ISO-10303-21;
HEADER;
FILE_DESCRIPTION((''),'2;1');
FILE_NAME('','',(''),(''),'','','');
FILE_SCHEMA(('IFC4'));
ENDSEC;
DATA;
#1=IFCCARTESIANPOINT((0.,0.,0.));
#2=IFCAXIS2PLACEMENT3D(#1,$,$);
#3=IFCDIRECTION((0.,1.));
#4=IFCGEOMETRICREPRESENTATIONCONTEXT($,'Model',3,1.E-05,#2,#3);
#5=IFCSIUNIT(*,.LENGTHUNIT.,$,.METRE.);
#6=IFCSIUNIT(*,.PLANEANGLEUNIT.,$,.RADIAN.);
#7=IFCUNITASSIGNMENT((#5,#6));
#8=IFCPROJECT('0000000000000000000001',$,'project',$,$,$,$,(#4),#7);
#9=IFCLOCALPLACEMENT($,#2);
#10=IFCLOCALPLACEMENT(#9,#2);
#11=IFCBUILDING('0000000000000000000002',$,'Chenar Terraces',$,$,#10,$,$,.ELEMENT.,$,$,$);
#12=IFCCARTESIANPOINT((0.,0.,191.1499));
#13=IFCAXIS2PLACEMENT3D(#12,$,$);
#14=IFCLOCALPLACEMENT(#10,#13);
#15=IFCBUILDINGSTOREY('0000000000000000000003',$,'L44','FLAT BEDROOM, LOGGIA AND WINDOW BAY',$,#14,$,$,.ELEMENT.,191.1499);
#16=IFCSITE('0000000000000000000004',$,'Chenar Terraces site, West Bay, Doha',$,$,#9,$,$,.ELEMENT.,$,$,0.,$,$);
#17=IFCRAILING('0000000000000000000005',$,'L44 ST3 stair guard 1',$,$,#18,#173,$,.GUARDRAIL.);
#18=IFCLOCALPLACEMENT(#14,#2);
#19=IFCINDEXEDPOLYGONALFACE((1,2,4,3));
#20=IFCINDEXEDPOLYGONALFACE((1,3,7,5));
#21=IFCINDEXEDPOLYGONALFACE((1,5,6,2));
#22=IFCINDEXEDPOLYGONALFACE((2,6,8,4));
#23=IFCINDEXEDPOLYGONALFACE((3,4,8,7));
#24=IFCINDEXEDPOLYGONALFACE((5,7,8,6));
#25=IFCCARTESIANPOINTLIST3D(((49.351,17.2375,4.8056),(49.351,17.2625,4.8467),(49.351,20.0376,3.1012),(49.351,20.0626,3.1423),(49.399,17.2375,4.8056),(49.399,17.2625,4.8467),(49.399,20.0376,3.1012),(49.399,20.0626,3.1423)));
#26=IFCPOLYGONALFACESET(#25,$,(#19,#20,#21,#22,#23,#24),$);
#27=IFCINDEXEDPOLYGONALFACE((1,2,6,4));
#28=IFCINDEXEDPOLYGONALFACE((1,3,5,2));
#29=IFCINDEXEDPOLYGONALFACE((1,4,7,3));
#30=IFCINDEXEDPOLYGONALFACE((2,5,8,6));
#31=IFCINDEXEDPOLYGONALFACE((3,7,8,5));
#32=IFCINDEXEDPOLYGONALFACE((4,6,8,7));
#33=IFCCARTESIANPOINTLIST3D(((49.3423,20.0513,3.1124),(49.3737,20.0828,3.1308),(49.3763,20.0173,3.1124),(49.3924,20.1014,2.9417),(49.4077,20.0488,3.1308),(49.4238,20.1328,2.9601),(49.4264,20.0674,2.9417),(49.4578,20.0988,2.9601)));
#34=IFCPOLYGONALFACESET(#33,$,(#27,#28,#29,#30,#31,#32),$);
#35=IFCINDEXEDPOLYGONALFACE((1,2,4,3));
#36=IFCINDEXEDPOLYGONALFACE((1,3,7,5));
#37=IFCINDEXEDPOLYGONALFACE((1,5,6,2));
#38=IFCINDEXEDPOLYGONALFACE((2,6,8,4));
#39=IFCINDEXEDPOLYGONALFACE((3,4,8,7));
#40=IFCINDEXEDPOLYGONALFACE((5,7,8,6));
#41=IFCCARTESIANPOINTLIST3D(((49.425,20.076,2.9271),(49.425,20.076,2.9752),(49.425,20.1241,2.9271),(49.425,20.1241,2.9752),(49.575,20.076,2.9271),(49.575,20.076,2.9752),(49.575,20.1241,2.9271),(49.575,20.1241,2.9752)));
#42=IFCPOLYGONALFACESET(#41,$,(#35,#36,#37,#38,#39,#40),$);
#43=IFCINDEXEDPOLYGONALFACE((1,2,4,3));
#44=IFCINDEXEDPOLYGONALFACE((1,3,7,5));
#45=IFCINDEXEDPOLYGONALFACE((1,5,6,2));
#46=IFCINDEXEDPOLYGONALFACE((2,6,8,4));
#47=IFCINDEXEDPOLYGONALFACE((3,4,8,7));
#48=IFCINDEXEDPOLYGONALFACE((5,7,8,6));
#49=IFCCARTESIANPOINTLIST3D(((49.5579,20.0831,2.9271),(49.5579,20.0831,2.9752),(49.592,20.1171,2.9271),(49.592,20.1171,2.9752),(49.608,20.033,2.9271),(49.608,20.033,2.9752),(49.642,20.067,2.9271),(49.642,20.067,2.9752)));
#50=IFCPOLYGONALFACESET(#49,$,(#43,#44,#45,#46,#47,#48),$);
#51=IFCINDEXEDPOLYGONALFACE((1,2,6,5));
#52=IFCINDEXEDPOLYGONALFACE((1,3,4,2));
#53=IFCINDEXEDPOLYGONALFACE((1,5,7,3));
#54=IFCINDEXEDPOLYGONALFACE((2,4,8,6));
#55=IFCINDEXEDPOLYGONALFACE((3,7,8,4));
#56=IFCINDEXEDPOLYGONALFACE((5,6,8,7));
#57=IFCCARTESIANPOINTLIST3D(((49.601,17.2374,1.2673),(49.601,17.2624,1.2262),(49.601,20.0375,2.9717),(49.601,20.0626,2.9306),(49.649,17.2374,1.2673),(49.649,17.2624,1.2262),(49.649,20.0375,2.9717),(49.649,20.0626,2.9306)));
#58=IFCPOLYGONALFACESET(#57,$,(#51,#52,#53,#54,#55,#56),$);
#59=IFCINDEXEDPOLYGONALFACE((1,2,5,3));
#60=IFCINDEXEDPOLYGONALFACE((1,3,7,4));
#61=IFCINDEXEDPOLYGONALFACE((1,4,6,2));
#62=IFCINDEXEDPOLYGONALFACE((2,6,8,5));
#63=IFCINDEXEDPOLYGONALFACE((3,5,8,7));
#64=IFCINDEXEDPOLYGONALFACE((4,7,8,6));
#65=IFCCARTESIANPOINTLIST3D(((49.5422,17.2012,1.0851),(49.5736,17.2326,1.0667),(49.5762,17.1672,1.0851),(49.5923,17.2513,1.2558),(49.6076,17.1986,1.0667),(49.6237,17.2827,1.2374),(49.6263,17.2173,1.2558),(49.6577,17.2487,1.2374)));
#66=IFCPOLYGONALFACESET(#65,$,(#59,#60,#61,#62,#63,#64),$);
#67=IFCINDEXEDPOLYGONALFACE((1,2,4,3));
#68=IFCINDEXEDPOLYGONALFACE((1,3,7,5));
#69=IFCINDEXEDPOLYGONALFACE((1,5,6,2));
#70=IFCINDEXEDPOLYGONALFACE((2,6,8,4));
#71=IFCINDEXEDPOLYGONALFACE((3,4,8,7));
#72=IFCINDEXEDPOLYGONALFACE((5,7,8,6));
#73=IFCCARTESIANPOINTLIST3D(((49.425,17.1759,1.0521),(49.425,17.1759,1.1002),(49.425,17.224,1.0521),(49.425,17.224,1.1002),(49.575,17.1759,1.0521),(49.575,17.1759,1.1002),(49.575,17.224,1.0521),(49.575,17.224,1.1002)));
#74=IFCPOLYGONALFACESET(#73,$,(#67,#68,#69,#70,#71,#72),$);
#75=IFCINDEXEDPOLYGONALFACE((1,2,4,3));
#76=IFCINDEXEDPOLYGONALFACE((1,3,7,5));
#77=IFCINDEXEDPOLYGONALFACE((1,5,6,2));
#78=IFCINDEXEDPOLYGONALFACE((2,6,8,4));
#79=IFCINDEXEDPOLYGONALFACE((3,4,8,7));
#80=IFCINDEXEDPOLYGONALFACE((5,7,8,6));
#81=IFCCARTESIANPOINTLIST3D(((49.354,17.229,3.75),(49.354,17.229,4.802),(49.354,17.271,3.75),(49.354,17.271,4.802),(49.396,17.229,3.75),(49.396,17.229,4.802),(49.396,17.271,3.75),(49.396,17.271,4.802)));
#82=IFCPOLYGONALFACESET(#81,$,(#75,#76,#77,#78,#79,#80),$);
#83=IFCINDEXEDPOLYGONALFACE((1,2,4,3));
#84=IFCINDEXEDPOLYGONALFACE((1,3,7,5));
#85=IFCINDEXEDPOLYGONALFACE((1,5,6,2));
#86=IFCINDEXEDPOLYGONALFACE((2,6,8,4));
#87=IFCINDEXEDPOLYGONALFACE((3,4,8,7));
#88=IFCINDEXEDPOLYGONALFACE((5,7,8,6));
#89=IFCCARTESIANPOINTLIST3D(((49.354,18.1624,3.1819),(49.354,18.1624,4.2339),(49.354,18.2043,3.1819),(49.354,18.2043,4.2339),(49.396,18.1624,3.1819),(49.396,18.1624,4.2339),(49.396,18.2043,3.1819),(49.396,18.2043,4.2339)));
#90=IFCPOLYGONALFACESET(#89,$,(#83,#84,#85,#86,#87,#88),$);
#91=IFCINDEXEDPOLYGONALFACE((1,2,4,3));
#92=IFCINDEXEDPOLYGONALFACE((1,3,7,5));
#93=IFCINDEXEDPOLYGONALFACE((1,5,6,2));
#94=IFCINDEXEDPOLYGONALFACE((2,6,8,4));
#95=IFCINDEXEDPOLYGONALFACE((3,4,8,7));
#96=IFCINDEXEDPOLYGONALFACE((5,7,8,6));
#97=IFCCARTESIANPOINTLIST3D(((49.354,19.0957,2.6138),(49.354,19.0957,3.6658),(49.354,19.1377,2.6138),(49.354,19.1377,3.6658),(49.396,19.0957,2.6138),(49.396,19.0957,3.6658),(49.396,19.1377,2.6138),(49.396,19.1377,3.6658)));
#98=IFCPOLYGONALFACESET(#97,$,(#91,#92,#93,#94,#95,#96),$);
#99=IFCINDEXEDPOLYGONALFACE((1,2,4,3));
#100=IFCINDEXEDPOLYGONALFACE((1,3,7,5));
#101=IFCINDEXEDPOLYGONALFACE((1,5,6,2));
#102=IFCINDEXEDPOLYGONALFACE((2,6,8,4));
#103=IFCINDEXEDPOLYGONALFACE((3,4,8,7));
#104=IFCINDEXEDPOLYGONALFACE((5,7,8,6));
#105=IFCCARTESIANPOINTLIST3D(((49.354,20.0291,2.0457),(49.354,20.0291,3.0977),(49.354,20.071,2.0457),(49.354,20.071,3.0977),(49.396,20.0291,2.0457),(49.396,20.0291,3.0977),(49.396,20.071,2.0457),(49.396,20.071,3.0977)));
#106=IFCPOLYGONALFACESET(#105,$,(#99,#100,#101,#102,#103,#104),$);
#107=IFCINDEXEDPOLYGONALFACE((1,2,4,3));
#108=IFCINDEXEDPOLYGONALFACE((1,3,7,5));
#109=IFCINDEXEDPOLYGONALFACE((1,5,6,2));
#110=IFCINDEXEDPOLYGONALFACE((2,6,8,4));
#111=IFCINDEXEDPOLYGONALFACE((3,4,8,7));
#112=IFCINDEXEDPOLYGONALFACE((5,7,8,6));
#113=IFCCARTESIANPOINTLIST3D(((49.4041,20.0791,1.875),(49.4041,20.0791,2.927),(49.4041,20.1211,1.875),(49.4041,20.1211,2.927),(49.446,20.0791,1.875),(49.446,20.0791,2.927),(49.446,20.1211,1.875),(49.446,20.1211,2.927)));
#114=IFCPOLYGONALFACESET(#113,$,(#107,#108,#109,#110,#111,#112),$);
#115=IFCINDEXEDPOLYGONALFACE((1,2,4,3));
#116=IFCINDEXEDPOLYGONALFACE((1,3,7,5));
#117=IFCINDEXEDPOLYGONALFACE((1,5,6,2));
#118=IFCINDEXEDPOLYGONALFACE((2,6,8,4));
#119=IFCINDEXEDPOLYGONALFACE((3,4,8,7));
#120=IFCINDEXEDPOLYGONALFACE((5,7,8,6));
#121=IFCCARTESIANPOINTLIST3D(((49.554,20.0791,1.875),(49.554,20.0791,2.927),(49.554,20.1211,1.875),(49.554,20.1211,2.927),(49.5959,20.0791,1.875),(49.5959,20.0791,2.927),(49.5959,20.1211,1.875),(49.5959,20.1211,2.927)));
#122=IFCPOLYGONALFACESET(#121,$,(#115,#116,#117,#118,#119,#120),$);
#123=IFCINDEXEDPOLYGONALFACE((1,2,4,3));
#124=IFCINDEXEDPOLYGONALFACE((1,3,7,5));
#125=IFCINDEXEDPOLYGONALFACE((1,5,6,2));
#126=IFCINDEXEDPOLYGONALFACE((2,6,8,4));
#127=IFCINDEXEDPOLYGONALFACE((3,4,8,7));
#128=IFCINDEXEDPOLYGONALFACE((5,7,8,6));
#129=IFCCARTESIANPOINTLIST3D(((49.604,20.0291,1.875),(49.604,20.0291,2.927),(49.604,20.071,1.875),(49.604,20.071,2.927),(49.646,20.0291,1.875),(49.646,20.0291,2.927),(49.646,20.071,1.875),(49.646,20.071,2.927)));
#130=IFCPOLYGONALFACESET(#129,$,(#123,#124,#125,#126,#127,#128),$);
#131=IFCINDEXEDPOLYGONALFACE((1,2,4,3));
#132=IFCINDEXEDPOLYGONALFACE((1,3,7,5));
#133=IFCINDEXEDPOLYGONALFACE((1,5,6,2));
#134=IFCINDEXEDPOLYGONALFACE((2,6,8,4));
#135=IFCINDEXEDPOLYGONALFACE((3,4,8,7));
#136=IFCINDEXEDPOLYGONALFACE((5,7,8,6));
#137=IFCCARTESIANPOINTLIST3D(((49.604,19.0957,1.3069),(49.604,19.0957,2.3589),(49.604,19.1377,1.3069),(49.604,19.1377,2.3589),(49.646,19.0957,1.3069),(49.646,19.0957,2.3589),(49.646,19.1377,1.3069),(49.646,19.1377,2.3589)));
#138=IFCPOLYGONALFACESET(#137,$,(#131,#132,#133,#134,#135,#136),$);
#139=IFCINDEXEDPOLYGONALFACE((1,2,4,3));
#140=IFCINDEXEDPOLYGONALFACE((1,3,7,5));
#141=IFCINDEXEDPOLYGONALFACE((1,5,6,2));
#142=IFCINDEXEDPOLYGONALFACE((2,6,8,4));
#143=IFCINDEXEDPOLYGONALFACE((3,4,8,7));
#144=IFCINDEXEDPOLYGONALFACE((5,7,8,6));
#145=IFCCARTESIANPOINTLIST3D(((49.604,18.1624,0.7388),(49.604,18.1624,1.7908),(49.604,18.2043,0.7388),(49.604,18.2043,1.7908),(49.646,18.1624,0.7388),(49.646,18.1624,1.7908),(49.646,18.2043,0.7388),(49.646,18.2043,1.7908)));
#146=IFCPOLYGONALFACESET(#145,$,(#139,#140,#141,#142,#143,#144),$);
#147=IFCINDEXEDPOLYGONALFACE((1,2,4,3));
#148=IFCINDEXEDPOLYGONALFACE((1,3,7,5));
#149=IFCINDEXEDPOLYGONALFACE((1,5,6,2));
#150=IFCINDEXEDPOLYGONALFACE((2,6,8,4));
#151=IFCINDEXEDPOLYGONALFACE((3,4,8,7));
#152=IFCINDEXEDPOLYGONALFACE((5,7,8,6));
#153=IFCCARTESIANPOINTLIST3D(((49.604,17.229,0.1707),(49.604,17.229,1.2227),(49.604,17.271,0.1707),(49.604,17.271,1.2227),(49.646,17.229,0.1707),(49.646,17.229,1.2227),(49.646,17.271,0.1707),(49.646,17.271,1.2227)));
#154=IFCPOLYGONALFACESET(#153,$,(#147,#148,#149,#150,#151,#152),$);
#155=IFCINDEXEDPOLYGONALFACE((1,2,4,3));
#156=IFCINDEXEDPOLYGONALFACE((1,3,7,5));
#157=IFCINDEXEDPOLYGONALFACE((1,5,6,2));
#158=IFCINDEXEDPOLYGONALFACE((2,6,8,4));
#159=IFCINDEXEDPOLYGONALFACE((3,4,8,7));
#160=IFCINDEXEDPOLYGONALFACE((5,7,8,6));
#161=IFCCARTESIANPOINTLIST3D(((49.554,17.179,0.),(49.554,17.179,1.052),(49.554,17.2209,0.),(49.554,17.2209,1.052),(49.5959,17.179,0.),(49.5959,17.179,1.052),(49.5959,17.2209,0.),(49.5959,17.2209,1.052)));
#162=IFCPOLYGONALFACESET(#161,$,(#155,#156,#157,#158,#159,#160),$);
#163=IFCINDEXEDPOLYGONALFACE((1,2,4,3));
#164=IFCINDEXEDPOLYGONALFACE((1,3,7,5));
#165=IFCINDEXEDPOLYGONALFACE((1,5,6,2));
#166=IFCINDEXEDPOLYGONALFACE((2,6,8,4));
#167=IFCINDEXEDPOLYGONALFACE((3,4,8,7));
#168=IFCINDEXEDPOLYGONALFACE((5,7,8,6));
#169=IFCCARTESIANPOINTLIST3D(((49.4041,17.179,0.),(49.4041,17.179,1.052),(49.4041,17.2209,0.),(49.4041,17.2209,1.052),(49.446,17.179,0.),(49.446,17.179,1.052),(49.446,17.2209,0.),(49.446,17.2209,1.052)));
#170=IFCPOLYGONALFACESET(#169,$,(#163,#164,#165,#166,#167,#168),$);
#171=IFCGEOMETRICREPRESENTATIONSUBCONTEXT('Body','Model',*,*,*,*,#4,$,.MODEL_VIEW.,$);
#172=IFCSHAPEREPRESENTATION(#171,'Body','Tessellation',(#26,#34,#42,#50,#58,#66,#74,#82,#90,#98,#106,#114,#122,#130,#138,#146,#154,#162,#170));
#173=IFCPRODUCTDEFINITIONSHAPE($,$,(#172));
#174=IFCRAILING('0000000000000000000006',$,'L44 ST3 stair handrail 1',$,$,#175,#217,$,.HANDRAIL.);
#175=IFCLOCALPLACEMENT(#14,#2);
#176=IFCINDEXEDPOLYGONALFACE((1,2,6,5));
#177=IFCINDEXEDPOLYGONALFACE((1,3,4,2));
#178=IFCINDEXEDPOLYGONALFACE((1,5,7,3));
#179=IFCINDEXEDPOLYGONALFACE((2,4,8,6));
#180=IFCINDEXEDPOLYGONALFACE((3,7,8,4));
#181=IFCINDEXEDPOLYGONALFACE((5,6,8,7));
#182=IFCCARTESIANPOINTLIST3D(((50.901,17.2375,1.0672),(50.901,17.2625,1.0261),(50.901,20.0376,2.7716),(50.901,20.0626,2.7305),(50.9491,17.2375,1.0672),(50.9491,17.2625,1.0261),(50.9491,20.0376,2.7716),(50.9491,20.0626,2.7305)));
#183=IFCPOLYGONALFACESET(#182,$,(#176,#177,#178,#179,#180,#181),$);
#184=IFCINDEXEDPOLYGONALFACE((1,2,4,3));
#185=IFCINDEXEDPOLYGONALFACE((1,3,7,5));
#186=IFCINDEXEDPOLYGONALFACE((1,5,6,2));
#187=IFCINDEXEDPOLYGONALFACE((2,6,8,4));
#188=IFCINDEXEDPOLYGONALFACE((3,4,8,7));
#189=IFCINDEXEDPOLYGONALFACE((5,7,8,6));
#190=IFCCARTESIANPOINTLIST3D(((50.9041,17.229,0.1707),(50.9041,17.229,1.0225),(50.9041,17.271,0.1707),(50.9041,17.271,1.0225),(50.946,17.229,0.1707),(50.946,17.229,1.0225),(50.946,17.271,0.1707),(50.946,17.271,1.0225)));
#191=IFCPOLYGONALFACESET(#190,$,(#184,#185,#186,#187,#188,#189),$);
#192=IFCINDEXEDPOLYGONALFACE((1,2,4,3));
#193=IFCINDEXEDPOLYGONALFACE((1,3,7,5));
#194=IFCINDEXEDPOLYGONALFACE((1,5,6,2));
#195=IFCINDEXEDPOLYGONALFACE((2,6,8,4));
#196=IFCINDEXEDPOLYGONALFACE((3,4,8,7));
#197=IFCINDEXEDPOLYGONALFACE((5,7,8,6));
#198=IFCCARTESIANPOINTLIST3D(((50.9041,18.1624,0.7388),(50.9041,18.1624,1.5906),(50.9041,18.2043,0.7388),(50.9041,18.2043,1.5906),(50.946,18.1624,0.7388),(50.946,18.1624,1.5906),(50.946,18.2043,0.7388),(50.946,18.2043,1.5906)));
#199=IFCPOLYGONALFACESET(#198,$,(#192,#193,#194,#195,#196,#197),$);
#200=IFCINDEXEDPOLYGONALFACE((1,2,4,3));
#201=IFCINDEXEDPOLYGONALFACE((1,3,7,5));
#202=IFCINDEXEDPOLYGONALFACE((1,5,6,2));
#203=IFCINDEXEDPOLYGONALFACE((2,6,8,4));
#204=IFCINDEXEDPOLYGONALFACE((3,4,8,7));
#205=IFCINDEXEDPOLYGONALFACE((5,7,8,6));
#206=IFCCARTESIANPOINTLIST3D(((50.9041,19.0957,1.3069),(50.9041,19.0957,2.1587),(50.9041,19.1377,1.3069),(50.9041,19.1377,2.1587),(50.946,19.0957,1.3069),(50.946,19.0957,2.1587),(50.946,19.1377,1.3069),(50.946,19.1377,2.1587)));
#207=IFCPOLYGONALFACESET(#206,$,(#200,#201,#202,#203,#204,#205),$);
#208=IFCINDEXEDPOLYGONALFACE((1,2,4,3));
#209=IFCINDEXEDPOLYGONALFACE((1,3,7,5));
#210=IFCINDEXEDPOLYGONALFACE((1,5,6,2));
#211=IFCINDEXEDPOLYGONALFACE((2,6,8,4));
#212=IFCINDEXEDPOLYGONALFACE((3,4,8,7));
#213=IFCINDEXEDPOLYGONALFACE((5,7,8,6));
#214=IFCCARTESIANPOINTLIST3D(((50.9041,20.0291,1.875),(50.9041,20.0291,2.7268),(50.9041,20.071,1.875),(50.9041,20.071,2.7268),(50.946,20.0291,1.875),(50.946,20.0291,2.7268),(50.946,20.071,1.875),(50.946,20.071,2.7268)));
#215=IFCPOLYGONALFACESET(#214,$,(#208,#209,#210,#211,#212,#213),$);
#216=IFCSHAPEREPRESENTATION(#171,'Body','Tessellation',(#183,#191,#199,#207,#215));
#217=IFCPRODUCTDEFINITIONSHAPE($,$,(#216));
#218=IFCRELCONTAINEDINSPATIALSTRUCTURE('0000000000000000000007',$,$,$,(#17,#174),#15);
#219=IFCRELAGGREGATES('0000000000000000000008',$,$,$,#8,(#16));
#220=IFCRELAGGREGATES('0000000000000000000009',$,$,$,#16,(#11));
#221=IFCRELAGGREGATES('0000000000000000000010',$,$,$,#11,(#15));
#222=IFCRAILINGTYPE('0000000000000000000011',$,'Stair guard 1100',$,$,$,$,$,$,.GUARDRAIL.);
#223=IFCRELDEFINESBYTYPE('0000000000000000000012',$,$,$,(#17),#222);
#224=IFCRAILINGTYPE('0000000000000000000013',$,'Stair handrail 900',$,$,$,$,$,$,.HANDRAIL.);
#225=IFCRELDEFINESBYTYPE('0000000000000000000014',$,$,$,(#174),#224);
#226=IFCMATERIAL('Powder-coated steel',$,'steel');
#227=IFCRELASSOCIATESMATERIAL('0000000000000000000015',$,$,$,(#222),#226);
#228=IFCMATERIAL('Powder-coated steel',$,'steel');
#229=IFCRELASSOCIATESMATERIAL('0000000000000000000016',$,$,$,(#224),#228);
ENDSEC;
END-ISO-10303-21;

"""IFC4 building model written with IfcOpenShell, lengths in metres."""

from ifc_helpers import new_model, si_unit, direction, frame, origin, origin_2d, place, context, subcontext, project, spatial, rectangle, extrude, material, type_object, element, save


model = new_model("IFC4")

# Units and contexts
model_context = context("Model", 3, precision=1e-05, world=origin(), true_north=direction((0.0, 1.0)))
body_context = subcontext(model_context, "Body", "Model", "MODEL_VIEW")
ifc_project = project(units=[si_unit("LENGTHUNIT", "METRE"), si_unit("PLANEANGLEUNIT", "RADIAN")], contexts=[model_context])

# Site, building, storey
site_placement = place(None, origin())
site = spatial("IfcSite", under=ifc_project, at=site_placement, Name="Chenar Terraces site, West Bay, Doha", CompositionType="ELEMENT", RefElevation=0.0)
building_placement = place(site_placement, origin())
building = spatial("IfcBuilding", under=site, at=building_placement, Name="Chenar Terraces", CompositionType="ELEMENT")
storey_placement = place(building_placement, frame((0.0, 0.0, 191.1499)))
storey = spatial("IfcBuildingStorey", under=building, at=storey_placement, Name="L44", Description="FLAT BEDROOM, LOGGIA AND WINDOW BAY", CompositionType="ELEMENT", Elevation=191.1499)

# Railings
ifc_material_1 = material(Name="Powder-coated steel", Category="steel")
railing_type_1 = type_object("IfcRailingType", Name="Stair guard 1100", PredefinedType="GUARDRAIL", material=ifc_material_1)
railing_1_placement = place(storey_placement, frame((49.375, 17.25, 3.75)))
element("IfcRailing", 1, at=railing_1_placement, inside=storey, type_object=railing_type_1, Name="L44 ST3 stair guard 1", PredefinedType="GUARDRAIL", context=body_context, shape_type="SweptSolid", body=[
    extrude(rectangle(XDim=0.0481, YDim=0.0481, at=origin_2d()), frame((0.0, 0.0, 1.0762), z_axis=(0.0, 0.854203, -0.51994), x_axis=(-1.0, 0.0, 0.0)), (0.0, 0.0, 1.0), 3.2781),
    extrude(rectangle(XDim=0.0481, YDim=0.0481, at=origin_2d()), frame((0.0, 2.8, -0.6284), z_axis=(0.2709, 0.2709, -0.923703), x_axis=(-0.707107, 0.707107, 0.0)), (0.0, 0.0, 1.0), 0.1848),
    extrude(rectangle(XDim=0.0481, YDim=0.0481, at=origin_2d()), frame((0.05, 2.8501, -0.7988), z_axis=(1.0, 0.0, 0.0), x_axis=(0.0, 1.0, 0.0)), (0.0, 0.0, 1.0), 0.1499),
    extrude(rectangle(XDim=0.0481, YDim=0.0481, at=origin_2d()), frame((0.2, 2.8501, -0.7988), z_axis=(0.707107, -0.707107, 0.0), x_axis=(0.707107, 0.707107, 0.0)), (0.0, 0.0, 1.0), 0.0708),
    extrude(rectangle(XDim=0.0481, YDim=0.0481, at=origin_2d()), frame((0.25, 2.8, -0.7988), z_axis=(0.0, -0.854203, -0.51994), x_axis=(1.0, 0.0, 0.0)), (0.0, 0.0, 1.0), 3.2781),
    extrude(rectangle(XDim=0.0481, YDim=0.0481, at=origin_2d()), frame((0.25, 0.0, -2.5034), z_axis=(-0.2709, -0.2709, -0.923703), x_axis=(0.707107, -0.707107, 0.0)), (0.0, 0.0, 1.0), 0.1848),
    extrude(rectangle(XDim=0.0481, YDim=0.0481, at=origin_2d()), frame((0.2, -0.05, -2.6738), z_axis=(-1.0, 0.0, 0.0), x_axis=(0.0, -1.0, 0.0)), (0.0, 0.0, 1.0), 0.1499),
    extrude(rectangle(XDim=0.042, YDim=0.042, at=origin_2d()), origin(), (0.0, 0.0, 1.0), 1.052),
    extrude(rectangle(XDim=0.042, YDim=0.042, at=origin_2d()), frame((0.0, 0.9333, -0.5681)), (0.0, 0.0, 1.0), 1.052),
    extrude(rectangle(XDim=0.042, YDim=0.042, at=origin_2d()), frame((0.0, 1.8667, -1.1362)), (0.0, 0.0, 1.0), 1.052),
    extrude(rectangle(XDim=0.042, YDim=0.042, at=origin_2d()), frame((0.0, 2.8, -1.7043)), (0.0, 0.0, 1.0), 1.052),
    extrude(rectangle(XDim=0.042, YDim=0.042, at=origin_2d()), frame((0.05, 2.8501, -1.875)), (0.0, 0.0, 1.0), 1.052),
    extrude(rectangle(XDim=0.042, YDim=0.042, at=origin_2d()), frame((0.2, 2.8501, -1.875)), (0.0, 0.0, 1.0), 1.052),
    extrude(rectangle(XDim=0.042, YDim=0.042, at=origin_2d()), frame((0.25, 2.8, -1.875)), (0.0, 0.0, 1.0), 1.052),
    extrude(rectangle(XDim=0.042, YDim=0.042, at=origin_2d()), frame((0.25, 1.8667, -2.4431)), (0.0, 0.0, 1.0), 1.052),
    extrude(rectangle(XDim=0.042, YDim=0.042, at=origin_2d()), frame((0.25, 0.9333, -3.0112)), (0.0, 0.0, 1.0), 1.052),
    extrude(rectangle(XDim=0.042, YDim=0.042, at=origin_2d()), frame((0.25, 0.0, -3.5793)), (0.0, 0.0, 1.0), 1.052),
    extrude(rectangle(XDim=0.042, YDim=0.042, at=origin_2d()), frame((0.2, -0.05, -3.75)), (0.0, 0.0, 1.0), 1.052),
    extrude(rectangle(XDim=0.042, YDim=0.042, at=origin_2d()), frame((0.05, -0.05, -3.75)), (0.0, 0.0, 1.0), 1.052),
])
ifc_material_2 = material(Name="Powder-coated steel", Category="steel")
railing_type_2 = type_object("IfcRailingType", Name="Stair handrail 900", PredefinedType="HANDRAIL", material=ifc_material_2)
railing_2_placement = place(storey_placement, frame((50.925, 17.25, 0.1707)))
element("IfcRailing", 2, at=railing_2_placement, inside=storey, type_object=railing_type_2, Name="L44 ST3 stair handrail 1", PredefinedType="HANDRAIL", context=body_context, shape_type="SweptSolid", body=[
    extrude(rectangle(XDim=0.0481, YDim=0.0481, at=origin_2d()), frame((0.0, 0.0, 0.876), z_axis=(0.0, 0.854203, 0.51994), x_axis=(-1.0, 0.0, 0.0)), (0.0, 0.0, 1.0), 3.2781),
    extrude(rectangle(XDim=0.042, YDim=0.042, at=origin_2d()), origin(), (0.0, 0.0, 1.0), 0.8518),
    extrude(rectangle(XDim=0.042, YDim=0.042, at=origin_2d()), frame((0.0, 0.9333, 0.5681)), (0.0, 0.0, 1.0), 0.8518),
    extrude(rectangle(XDim=0.042, YDim=0.042, at=origin_2d()), frame((0.0, 1.8667, 1.1362)), (0.0, 0.0, 1.0), 0.8518),
    extrude(rectangle(XDim=0.042, YDim=0.042, at=origin_2d()), frame((0.0, 2.8, 1.7043)), (0.0, 0.0, 1.0), 0.8518),
])

save(model, "model.ifc")
